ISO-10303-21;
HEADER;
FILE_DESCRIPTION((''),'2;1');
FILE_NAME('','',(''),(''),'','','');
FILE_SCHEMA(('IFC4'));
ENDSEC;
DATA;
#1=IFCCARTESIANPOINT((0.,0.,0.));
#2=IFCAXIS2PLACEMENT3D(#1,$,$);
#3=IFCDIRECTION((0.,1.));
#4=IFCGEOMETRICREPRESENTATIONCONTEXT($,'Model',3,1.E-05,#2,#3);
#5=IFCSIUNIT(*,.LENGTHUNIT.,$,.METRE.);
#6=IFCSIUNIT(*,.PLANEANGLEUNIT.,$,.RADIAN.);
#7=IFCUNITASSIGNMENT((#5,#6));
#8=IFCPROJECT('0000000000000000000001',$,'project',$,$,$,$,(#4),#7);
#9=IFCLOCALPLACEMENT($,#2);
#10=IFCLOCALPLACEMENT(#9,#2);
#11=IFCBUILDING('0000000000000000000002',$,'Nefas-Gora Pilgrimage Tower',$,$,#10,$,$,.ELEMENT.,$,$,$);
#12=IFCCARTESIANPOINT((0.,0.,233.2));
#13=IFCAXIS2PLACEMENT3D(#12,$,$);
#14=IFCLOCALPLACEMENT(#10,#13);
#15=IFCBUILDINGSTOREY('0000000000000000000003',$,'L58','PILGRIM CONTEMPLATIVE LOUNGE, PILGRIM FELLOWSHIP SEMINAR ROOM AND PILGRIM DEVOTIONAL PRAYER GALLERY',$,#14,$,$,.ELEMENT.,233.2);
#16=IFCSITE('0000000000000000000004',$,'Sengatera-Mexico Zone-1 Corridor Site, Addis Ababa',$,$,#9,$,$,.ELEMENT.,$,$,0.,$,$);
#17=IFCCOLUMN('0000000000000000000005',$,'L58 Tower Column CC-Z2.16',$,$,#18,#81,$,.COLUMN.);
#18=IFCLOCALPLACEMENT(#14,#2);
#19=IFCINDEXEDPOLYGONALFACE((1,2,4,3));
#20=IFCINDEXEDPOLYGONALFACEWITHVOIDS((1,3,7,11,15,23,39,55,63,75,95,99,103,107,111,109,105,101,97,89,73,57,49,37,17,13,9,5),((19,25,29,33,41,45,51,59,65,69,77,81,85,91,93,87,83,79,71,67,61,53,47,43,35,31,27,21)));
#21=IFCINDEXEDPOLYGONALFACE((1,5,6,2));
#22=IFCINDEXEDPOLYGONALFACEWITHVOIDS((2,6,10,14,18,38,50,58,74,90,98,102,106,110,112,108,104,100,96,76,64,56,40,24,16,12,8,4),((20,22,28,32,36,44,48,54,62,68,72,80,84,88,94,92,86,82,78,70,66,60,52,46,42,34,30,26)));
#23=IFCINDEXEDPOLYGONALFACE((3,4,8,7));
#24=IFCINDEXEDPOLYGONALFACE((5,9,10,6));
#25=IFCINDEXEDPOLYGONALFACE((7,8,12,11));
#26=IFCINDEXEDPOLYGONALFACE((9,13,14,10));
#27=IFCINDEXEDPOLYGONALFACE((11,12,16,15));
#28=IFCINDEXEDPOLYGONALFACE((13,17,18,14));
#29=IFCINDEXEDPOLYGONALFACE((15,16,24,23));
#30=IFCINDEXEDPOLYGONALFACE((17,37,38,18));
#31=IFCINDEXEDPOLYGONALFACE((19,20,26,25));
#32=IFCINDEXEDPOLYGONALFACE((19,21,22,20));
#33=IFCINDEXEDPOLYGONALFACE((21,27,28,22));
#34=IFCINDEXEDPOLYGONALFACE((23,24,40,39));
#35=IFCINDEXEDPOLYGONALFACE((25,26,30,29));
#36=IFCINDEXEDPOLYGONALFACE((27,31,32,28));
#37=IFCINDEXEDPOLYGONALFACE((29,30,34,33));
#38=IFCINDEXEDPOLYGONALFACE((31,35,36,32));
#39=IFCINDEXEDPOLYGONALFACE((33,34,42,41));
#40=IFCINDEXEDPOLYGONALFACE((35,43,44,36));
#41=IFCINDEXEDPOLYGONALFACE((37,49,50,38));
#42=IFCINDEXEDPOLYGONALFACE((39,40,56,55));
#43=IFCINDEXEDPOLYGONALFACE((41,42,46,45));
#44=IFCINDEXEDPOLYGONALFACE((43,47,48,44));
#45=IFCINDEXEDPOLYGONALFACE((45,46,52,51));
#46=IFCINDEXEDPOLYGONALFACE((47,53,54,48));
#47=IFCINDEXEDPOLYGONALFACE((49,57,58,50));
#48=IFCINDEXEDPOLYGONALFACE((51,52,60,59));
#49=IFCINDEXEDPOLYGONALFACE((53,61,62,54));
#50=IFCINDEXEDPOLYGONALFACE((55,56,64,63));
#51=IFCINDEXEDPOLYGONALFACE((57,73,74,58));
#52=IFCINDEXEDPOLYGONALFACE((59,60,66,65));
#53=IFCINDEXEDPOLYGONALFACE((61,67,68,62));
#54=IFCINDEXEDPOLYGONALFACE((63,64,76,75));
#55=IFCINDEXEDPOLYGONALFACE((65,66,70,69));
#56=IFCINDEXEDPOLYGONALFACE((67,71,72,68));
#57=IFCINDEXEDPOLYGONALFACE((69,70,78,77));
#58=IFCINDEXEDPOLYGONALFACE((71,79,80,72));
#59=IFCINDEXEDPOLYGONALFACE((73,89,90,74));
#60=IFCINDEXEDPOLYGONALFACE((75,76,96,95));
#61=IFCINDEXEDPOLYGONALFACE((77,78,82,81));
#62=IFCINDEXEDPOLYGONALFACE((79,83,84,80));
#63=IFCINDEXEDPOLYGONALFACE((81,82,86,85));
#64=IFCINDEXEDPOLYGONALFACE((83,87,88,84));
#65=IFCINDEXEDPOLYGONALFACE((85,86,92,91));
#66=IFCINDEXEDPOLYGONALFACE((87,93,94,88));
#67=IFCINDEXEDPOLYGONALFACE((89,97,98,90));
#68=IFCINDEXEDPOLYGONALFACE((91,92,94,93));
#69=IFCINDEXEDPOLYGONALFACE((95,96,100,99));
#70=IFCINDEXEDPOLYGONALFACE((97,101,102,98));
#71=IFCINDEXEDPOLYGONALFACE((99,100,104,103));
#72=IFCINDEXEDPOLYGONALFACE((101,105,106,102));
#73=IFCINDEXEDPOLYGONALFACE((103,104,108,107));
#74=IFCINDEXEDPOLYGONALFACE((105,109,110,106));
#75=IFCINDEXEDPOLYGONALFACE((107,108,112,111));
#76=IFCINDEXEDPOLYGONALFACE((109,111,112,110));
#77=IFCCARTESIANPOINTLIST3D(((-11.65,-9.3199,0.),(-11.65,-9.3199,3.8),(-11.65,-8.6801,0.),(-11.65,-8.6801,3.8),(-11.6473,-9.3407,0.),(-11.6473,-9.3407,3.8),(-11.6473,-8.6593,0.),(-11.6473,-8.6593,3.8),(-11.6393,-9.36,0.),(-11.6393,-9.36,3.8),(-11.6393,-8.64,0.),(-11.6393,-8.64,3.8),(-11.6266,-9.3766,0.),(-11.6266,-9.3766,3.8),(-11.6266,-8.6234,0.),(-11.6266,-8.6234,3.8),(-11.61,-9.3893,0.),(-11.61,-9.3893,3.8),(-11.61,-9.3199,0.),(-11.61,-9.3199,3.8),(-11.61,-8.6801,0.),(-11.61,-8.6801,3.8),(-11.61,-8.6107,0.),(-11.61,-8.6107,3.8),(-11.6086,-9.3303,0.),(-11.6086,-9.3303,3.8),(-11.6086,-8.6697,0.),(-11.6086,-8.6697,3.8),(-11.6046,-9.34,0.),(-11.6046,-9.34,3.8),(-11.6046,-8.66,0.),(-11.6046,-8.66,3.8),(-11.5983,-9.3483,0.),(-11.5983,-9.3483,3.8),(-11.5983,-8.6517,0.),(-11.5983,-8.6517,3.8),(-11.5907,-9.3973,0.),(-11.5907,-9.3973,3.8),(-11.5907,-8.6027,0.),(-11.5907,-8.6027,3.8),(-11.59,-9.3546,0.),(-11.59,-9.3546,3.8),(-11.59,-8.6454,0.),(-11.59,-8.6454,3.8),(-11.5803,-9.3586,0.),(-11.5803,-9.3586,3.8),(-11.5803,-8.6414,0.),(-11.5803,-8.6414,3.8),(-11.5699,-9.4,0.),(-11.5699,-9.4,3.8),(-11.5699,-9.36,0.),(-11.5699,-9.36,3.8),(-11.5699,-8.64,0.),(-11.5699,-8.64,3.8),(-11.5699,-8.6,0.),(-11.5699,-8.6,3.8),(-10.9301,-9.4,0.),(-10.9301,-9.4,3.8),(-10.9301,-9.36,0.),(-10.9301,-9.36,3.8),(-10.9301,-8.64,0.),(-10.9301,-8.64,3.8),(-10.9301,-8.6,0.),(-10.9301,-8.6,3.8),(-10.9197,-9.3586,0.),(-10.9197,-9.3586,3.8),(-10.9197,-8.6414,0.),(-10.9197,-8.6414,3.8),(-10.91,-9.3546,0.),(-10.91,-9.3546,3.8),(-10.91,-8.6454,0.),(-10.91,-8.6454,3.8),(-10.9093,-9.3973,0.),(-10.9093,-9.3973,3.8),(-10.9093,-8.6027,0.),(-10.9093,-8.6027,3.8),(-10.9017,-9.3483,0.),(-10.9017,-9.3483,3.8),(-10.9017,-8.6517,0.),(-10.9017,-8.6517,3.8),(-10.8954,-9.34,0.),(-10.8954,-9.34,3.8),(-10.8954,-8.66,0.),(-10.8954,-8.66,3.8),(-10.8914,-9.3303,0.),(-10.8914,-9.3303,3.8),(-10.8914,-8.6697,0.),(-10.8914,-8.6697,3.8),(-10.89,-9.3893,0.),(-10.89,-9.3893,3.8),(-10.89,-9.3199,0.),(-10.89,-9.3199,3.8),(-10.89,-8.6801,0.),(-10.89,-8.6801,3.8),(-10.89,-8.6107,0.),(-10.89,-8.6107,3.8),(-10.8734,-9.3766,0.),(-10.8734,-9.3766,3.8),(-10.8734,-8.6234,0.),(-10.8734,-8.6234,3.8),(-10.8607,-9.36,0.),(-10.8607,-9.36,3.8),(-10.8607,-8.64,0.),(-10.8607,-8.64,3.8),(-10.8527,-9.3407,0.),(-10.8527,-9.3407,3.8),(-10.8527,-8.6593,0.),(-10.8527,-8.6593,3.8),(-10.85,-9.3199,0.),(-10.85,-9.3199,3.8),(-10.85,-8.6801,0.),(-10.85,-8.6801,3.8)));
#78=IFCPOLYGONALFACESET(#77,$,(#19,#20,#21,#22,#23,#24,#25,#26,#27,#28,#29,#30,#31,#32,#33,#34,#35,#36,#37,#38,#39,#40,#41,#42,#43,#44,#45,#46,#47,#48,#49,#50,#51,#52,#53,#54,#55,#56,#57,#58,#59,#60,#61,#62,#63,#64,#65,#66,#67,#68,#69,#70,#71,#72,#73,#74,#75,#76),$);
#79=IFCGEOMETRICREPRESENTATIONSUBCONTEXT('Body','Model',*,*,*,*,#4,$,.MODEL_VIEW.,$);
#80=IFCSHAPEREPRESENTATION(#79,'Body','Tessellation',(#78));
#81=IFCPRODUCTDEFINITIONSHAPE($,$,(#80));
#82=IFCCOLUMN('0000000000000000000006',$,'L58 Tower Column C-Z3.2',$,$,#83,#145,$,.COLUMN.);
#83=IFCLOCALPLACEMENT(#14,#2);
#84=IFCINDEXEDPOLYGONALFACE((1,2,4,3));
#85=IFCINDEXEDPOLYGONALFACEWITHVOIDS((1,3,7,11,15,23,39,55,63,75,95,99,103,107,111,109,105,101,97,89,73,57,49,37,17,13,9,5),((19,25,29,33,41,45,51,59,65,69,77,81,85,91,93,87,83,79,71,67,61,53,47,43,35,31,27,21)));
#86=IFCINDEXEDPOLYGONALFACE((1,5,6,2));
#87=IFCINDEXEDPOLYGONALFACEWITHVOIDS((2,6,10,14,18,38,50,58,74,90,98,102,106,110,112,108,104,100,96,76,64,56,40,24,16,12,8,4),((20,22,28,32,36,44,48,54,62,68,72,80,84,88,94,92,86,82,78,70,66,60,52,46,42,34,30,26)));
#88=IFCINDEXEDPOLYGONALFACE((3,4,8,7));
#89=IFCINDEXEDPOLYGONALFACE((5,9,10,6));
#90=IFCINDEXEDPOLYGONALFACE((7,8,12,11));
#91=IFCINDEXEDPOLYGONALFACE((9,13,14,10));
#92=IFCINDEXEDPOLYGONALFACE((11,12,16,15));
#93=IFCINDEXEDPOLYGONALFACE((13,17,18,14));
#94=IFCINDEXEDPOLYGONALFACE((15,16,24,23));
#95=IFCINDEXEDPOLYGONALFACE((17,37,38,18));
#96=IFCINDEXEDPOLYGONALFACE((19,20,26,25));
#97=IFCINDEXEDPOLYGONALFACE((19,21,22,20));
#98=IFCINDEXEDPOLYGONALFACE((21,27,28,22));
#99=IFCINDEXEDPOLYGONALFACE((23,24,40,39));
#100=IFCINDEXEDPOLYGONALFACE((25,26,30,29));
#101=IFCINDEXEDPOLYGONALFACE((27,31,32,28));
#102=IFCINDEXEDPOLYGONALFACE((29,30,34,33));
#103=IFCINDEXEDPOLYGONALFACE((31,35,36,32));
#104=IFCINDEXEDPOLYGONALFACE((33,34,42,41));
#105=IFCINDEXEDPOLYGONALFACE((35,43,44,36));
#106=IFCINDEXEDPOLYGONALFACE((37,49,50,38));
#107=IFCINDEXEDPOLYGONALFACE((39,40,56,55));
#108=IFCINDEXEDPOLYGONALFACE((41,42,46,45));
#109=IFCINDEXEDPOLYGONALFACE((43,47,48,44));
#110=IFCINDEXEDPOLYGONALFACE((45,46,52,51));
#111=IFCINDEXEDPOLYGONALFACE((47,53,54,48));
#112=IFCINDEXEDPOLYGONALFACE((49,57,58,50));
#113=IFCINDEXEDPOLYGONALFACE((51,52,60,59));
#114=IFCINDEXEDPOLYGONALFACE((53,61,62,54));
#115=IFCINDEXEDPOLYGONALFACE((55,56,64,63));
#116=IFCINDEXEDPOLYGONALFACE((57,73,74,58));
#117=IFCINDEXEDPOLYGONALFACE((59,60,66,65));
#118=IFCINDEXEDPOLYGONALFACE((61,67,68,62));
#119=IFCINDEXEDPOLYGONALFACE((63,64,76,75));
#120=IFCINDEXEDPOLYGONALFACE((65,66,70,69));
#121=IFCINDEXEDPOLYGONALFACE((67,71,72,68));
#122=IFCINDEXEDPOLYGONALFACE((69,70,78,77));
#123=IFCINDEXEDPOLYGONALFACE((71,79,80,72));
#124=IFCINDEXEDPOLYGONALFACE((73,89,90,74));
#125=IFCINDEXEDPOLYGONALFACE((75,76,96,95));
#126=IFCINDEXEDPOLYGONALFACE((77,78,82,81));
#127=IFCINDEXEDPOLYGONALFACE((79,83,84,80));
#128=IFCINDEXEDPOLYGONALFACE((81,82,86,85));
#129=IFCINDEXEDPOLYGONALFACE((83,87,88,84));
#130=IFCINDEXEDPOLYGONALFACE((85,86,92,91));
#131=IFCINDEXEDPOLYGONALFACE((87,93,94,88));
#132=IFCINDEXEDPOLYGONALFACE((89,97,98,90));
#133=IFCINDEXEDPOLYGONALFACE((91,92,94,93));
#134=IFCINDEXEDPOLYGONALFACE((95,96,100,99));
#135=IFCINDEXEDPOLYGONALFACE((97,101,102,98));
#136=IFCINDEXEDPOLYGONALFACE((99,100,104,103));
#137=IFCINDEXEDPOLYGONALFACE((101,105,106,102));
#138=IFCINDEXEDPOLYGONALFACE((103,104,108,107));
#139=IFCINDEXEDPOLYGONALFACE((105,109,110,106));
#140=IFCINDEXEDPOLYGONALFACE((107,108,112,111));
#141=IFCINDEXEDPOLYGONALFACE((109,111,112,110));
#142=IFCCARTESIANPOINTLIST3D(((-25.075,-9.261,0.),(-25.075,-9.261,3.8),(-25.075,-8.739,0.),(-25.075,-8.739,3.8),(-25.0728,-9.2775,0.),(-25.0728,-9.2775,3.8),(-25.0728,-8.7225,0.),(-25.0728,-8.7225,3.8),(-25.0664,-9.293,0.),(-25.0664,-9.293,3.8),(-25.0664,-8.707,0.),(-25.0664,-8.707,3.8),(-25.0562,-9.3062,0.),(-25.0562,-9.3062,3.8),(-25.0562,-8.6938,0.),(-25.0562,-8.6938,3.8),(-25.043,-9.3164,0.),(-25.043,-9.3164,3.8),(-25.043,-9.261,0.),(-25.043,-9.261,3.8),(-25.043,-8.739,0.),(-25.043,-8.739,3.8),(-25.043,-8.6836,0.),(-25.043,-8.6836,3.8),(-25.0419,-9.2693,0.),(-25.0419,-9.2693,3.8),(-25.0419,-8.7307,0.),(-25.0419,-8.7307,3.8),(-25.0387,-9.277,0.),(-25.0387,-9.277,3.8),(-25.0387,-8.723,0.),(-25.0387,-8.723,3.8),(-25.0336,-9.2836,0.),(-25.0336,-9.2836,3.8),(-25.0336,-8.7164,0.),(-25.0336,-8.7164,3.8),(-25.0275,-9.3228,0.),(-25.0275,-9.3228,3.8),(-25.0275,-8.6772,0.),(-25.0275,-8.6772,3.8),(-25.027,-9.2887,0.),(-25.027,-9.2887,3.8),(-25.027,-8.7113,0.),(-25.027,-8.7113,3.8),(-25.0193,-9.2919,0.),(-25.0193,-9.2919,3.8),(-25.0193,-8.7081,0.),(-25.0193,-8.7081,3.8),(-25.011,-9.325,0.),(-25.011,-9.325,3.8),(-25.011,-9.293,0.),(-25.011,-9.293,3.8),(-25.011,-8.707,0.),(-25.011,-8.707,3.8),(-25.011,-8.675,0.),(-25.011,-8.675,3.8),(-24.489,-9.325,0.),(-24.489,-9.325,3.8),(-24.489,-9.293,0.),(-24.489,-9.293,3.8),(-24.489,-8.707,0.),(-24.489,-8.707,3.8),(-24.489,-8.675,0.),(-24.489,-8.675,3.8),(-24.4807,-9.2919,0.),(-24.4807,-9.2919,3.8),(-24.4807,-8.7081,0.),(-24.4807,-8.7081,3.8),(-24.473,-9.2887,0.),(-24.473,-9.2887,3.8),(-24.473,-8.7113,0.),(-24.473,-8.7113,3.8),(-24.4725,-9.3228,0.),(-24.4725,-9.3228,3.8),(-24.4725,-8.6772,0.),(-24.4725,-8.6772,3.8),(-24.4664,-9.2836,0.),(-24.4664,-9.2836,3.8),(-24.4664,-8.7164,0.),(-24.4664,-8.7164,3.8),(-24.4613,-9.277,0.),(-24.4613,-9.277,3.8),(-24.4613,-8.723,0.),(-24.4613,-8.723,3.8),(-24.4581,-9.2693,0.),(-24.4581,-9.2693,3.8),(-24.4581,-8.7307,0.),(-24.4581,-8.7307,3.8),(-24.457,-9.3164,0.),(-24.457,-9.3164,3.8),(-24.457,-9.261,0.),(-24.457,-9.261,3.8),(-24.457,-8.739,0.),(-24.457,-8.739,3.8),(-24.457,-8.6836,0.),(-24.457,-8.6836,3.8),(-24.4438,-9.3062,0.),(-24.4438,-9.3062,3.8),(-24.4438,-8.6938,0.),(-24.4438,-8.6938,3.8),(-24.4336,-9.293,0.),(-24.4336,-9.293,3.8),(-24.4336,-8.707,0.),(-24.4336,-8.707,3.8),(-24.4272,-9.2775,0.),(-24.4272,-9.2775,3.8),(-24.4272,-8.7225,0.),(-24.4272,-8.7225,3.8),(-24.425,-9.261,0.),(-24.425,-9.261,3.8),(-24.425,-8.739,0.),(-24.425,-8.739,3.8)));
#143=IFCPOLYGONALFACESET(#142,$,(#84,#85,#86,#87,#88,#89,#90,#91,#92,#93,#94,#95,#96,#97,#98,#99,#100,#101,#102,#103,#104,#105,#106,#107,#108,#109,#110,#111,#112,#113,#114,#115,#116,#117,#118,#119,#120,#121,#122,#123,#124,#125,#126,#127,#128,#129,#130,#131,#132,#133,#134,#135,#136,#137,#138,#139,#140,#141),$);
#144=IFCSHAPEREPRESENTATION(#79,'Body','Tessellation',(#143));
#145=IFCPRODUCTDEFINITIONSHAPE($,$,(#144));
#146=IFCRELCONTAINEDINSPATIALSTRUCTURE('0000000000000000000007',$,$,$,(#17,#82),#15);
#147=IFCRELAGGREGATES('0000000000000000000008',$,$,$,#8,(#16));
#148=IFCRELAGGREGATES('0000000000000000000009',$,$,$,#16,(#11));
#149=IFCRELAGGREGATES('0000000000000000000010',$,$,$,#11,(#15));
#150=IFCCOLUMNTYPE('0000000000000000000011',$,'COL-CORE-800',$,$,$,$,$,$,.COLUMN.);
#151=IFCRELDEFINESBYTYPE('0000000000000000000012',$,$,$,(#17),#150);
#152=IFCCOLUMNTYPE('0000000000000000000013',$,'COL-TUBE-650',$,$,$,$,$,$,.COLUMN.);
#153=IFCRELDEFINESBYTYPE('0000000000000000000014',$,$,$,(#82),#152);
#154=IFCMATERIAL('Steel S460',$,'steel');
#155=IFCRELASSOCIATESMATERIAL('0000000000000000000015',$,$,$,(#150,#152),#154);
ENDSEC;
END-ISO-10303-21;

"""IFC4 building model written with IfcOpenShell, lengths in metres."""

from ifc_helpers import new_model, si_unit, direction, frame, origin, origin_2d, place, context, subcontext, project, spatial, hollow_rectangle, extrude, source, transform, mapped, material, material_profile, profile_set, type_object, element, save


model = new_model("IFC4")

# Units and contexts
model_context = context("Model", 3, precision=1e-05, world=origin(), true_north=direction((0.0, 1.0)))
body_context = subcontext(model_context, "Body", "Model", "MODEL_VIEW")
ifc_project = project(units=[si_unit("LENGTHUNIT", "METRE"), si_unit("PLANEANGLEUNIT", "RADIAN")], contexts=[model_context])

# Site, building, storey
site_placement = place(None, origin())
site = spatial("IfcSite", under=ifc_project, at=site_placement, Name="Sengatera-Mexico Zone-1 Corridor Site, Addis Ababa", CompositionType="ELEMENT", RefElevation=0.0)
building_placement = place(site_placement, origin())
building = spatial("IfcBuilding", under=site, at=building_placement, Name="Nefas-Gora Pilgrimage Tower", CompositionType="ELEMENT")
storey_placement = place(building_placement, frame((0.0, 0.0, 233.2)))
storey = spatial("IfcBuildingStorey", under=building, at=storey_placement, Name="L58", Description="PILGRIM CONTEMPLATIVE LOUNGE, PILGRIM FELLOWSHIP SEMINAR ROOM AND PILGRIM DEVOTIONAL PRAYER GALLERY", CompositionType="ELEMENT", Elevation=233.2)

# Columns
ifc_material_1 = material(Name="Steel S460", Category="steel")
ifc_material_profile_1 = material_profile(ifc_material_1, hollow_rectangle(XDim=0.8, YDim=0.8, WallThickness=0.04, InnerFilletRadius=0.04, OuterFilletRadius=0.0801, at=origin_2d()), Name="BOX 800x800x40")
ifc_profile_set_1 = profile_set([ifc_material_profile_1], Name="Steel S460")
column_type_1 = type_object("IfcColumnType", Name="COL-CORE-800", PredefinedType="COLUMN", material=ifc_profile_set_1)
shared_shape_1 = source(origin(), body_context, "Body", "SweptSolid", [
    extrude(hollow_rectangle(XDim=0.8, YDim=0.8, WallThickness=0.04, InnerFilletRadius=0.04, OuterFilletRadius=0.0801, at=origin_2d()), origin(), (0.0, 0.0, 1.0), 3.8),
])
column_placement = place(storey_placement, frame((-11.25, -9.0, 0.0), z_axis=(0.0, 0.0, 1.0), x_axis=(1.0, 0.0, 0.0)))
element("IfcColumn", 1, at=column_placement, inside=storey, type_object=column_type_1, Name="L58 Tower Column CC-Z2.16", PredefinedType="COLUMN", context=body_context, shape_type="MappedRepresentation", body=[
    mapped(shared_shape_1, transform((0.0, 0.0, 0.0), x_axis=(1.0, 0.0, 0.0), y_axis=(0.0, 1.0, 0.0), z_axis=(0.0, 0.0, 1.0), scale=1.0)),
])
ifc_material_profile_2 = material_profile(ifc_material_1, hollow_rectangle(XDim=0.6499, YDim=0.6499, WallThickness=0.032, InnerFilletRadius=0.032, OuterFilletRadius=0.064, at=origin_2d()), Name="BOX 650x650x32")
ifc_profile_set_2 = profile_set([ifc_material_profile_2], Name="Steel S460")
column_type_2 = type_object("IfcColumnType", Name="COL-TUBE-650", PredefinedType="COLUMN", material=ifc_profile_set_2)
shared_shape_2 = source(origin(), body_context, "Body", "SweptSolid", [
    extrude(hollow_rectangle(XDim=0.6499, YDim=0.6499, WallThickness=0.032, InnerFilletRadius=0.032, OuterFilletRadius=0.064, at=origin_2d()), origin(), (0.0, 0.0, 1.0), 3.8),
])
for number, where, z_axis, x_axis, name in (
    (2, (-24.75, -9.0, 0.0), (0.0, 0.0, 1.0), (1.0, 0.0, 0.0), "L58 Tower Column C-Z3.2"),
):
    element("IfcColumn", number, at=place(storey_placement, frame(where, z_axis=z_axis, x_axis=x_axis)), inside=storey, type_object=column_type_2, Name=name, PredefinedType="COLUMN", context=body_context, shape_type="MappedRepresentation", body=[
        mapped(shared_shape_2, transform((0.0, 0.0, 0.0), x_axis=(1.0, 0.0, 0.0), y_axis=(0.0, 1.0, 0.0), z_axis=(0.0, 0.0, 1.0), scale=1.0)),
    ])

save(model, "model.ifc")
